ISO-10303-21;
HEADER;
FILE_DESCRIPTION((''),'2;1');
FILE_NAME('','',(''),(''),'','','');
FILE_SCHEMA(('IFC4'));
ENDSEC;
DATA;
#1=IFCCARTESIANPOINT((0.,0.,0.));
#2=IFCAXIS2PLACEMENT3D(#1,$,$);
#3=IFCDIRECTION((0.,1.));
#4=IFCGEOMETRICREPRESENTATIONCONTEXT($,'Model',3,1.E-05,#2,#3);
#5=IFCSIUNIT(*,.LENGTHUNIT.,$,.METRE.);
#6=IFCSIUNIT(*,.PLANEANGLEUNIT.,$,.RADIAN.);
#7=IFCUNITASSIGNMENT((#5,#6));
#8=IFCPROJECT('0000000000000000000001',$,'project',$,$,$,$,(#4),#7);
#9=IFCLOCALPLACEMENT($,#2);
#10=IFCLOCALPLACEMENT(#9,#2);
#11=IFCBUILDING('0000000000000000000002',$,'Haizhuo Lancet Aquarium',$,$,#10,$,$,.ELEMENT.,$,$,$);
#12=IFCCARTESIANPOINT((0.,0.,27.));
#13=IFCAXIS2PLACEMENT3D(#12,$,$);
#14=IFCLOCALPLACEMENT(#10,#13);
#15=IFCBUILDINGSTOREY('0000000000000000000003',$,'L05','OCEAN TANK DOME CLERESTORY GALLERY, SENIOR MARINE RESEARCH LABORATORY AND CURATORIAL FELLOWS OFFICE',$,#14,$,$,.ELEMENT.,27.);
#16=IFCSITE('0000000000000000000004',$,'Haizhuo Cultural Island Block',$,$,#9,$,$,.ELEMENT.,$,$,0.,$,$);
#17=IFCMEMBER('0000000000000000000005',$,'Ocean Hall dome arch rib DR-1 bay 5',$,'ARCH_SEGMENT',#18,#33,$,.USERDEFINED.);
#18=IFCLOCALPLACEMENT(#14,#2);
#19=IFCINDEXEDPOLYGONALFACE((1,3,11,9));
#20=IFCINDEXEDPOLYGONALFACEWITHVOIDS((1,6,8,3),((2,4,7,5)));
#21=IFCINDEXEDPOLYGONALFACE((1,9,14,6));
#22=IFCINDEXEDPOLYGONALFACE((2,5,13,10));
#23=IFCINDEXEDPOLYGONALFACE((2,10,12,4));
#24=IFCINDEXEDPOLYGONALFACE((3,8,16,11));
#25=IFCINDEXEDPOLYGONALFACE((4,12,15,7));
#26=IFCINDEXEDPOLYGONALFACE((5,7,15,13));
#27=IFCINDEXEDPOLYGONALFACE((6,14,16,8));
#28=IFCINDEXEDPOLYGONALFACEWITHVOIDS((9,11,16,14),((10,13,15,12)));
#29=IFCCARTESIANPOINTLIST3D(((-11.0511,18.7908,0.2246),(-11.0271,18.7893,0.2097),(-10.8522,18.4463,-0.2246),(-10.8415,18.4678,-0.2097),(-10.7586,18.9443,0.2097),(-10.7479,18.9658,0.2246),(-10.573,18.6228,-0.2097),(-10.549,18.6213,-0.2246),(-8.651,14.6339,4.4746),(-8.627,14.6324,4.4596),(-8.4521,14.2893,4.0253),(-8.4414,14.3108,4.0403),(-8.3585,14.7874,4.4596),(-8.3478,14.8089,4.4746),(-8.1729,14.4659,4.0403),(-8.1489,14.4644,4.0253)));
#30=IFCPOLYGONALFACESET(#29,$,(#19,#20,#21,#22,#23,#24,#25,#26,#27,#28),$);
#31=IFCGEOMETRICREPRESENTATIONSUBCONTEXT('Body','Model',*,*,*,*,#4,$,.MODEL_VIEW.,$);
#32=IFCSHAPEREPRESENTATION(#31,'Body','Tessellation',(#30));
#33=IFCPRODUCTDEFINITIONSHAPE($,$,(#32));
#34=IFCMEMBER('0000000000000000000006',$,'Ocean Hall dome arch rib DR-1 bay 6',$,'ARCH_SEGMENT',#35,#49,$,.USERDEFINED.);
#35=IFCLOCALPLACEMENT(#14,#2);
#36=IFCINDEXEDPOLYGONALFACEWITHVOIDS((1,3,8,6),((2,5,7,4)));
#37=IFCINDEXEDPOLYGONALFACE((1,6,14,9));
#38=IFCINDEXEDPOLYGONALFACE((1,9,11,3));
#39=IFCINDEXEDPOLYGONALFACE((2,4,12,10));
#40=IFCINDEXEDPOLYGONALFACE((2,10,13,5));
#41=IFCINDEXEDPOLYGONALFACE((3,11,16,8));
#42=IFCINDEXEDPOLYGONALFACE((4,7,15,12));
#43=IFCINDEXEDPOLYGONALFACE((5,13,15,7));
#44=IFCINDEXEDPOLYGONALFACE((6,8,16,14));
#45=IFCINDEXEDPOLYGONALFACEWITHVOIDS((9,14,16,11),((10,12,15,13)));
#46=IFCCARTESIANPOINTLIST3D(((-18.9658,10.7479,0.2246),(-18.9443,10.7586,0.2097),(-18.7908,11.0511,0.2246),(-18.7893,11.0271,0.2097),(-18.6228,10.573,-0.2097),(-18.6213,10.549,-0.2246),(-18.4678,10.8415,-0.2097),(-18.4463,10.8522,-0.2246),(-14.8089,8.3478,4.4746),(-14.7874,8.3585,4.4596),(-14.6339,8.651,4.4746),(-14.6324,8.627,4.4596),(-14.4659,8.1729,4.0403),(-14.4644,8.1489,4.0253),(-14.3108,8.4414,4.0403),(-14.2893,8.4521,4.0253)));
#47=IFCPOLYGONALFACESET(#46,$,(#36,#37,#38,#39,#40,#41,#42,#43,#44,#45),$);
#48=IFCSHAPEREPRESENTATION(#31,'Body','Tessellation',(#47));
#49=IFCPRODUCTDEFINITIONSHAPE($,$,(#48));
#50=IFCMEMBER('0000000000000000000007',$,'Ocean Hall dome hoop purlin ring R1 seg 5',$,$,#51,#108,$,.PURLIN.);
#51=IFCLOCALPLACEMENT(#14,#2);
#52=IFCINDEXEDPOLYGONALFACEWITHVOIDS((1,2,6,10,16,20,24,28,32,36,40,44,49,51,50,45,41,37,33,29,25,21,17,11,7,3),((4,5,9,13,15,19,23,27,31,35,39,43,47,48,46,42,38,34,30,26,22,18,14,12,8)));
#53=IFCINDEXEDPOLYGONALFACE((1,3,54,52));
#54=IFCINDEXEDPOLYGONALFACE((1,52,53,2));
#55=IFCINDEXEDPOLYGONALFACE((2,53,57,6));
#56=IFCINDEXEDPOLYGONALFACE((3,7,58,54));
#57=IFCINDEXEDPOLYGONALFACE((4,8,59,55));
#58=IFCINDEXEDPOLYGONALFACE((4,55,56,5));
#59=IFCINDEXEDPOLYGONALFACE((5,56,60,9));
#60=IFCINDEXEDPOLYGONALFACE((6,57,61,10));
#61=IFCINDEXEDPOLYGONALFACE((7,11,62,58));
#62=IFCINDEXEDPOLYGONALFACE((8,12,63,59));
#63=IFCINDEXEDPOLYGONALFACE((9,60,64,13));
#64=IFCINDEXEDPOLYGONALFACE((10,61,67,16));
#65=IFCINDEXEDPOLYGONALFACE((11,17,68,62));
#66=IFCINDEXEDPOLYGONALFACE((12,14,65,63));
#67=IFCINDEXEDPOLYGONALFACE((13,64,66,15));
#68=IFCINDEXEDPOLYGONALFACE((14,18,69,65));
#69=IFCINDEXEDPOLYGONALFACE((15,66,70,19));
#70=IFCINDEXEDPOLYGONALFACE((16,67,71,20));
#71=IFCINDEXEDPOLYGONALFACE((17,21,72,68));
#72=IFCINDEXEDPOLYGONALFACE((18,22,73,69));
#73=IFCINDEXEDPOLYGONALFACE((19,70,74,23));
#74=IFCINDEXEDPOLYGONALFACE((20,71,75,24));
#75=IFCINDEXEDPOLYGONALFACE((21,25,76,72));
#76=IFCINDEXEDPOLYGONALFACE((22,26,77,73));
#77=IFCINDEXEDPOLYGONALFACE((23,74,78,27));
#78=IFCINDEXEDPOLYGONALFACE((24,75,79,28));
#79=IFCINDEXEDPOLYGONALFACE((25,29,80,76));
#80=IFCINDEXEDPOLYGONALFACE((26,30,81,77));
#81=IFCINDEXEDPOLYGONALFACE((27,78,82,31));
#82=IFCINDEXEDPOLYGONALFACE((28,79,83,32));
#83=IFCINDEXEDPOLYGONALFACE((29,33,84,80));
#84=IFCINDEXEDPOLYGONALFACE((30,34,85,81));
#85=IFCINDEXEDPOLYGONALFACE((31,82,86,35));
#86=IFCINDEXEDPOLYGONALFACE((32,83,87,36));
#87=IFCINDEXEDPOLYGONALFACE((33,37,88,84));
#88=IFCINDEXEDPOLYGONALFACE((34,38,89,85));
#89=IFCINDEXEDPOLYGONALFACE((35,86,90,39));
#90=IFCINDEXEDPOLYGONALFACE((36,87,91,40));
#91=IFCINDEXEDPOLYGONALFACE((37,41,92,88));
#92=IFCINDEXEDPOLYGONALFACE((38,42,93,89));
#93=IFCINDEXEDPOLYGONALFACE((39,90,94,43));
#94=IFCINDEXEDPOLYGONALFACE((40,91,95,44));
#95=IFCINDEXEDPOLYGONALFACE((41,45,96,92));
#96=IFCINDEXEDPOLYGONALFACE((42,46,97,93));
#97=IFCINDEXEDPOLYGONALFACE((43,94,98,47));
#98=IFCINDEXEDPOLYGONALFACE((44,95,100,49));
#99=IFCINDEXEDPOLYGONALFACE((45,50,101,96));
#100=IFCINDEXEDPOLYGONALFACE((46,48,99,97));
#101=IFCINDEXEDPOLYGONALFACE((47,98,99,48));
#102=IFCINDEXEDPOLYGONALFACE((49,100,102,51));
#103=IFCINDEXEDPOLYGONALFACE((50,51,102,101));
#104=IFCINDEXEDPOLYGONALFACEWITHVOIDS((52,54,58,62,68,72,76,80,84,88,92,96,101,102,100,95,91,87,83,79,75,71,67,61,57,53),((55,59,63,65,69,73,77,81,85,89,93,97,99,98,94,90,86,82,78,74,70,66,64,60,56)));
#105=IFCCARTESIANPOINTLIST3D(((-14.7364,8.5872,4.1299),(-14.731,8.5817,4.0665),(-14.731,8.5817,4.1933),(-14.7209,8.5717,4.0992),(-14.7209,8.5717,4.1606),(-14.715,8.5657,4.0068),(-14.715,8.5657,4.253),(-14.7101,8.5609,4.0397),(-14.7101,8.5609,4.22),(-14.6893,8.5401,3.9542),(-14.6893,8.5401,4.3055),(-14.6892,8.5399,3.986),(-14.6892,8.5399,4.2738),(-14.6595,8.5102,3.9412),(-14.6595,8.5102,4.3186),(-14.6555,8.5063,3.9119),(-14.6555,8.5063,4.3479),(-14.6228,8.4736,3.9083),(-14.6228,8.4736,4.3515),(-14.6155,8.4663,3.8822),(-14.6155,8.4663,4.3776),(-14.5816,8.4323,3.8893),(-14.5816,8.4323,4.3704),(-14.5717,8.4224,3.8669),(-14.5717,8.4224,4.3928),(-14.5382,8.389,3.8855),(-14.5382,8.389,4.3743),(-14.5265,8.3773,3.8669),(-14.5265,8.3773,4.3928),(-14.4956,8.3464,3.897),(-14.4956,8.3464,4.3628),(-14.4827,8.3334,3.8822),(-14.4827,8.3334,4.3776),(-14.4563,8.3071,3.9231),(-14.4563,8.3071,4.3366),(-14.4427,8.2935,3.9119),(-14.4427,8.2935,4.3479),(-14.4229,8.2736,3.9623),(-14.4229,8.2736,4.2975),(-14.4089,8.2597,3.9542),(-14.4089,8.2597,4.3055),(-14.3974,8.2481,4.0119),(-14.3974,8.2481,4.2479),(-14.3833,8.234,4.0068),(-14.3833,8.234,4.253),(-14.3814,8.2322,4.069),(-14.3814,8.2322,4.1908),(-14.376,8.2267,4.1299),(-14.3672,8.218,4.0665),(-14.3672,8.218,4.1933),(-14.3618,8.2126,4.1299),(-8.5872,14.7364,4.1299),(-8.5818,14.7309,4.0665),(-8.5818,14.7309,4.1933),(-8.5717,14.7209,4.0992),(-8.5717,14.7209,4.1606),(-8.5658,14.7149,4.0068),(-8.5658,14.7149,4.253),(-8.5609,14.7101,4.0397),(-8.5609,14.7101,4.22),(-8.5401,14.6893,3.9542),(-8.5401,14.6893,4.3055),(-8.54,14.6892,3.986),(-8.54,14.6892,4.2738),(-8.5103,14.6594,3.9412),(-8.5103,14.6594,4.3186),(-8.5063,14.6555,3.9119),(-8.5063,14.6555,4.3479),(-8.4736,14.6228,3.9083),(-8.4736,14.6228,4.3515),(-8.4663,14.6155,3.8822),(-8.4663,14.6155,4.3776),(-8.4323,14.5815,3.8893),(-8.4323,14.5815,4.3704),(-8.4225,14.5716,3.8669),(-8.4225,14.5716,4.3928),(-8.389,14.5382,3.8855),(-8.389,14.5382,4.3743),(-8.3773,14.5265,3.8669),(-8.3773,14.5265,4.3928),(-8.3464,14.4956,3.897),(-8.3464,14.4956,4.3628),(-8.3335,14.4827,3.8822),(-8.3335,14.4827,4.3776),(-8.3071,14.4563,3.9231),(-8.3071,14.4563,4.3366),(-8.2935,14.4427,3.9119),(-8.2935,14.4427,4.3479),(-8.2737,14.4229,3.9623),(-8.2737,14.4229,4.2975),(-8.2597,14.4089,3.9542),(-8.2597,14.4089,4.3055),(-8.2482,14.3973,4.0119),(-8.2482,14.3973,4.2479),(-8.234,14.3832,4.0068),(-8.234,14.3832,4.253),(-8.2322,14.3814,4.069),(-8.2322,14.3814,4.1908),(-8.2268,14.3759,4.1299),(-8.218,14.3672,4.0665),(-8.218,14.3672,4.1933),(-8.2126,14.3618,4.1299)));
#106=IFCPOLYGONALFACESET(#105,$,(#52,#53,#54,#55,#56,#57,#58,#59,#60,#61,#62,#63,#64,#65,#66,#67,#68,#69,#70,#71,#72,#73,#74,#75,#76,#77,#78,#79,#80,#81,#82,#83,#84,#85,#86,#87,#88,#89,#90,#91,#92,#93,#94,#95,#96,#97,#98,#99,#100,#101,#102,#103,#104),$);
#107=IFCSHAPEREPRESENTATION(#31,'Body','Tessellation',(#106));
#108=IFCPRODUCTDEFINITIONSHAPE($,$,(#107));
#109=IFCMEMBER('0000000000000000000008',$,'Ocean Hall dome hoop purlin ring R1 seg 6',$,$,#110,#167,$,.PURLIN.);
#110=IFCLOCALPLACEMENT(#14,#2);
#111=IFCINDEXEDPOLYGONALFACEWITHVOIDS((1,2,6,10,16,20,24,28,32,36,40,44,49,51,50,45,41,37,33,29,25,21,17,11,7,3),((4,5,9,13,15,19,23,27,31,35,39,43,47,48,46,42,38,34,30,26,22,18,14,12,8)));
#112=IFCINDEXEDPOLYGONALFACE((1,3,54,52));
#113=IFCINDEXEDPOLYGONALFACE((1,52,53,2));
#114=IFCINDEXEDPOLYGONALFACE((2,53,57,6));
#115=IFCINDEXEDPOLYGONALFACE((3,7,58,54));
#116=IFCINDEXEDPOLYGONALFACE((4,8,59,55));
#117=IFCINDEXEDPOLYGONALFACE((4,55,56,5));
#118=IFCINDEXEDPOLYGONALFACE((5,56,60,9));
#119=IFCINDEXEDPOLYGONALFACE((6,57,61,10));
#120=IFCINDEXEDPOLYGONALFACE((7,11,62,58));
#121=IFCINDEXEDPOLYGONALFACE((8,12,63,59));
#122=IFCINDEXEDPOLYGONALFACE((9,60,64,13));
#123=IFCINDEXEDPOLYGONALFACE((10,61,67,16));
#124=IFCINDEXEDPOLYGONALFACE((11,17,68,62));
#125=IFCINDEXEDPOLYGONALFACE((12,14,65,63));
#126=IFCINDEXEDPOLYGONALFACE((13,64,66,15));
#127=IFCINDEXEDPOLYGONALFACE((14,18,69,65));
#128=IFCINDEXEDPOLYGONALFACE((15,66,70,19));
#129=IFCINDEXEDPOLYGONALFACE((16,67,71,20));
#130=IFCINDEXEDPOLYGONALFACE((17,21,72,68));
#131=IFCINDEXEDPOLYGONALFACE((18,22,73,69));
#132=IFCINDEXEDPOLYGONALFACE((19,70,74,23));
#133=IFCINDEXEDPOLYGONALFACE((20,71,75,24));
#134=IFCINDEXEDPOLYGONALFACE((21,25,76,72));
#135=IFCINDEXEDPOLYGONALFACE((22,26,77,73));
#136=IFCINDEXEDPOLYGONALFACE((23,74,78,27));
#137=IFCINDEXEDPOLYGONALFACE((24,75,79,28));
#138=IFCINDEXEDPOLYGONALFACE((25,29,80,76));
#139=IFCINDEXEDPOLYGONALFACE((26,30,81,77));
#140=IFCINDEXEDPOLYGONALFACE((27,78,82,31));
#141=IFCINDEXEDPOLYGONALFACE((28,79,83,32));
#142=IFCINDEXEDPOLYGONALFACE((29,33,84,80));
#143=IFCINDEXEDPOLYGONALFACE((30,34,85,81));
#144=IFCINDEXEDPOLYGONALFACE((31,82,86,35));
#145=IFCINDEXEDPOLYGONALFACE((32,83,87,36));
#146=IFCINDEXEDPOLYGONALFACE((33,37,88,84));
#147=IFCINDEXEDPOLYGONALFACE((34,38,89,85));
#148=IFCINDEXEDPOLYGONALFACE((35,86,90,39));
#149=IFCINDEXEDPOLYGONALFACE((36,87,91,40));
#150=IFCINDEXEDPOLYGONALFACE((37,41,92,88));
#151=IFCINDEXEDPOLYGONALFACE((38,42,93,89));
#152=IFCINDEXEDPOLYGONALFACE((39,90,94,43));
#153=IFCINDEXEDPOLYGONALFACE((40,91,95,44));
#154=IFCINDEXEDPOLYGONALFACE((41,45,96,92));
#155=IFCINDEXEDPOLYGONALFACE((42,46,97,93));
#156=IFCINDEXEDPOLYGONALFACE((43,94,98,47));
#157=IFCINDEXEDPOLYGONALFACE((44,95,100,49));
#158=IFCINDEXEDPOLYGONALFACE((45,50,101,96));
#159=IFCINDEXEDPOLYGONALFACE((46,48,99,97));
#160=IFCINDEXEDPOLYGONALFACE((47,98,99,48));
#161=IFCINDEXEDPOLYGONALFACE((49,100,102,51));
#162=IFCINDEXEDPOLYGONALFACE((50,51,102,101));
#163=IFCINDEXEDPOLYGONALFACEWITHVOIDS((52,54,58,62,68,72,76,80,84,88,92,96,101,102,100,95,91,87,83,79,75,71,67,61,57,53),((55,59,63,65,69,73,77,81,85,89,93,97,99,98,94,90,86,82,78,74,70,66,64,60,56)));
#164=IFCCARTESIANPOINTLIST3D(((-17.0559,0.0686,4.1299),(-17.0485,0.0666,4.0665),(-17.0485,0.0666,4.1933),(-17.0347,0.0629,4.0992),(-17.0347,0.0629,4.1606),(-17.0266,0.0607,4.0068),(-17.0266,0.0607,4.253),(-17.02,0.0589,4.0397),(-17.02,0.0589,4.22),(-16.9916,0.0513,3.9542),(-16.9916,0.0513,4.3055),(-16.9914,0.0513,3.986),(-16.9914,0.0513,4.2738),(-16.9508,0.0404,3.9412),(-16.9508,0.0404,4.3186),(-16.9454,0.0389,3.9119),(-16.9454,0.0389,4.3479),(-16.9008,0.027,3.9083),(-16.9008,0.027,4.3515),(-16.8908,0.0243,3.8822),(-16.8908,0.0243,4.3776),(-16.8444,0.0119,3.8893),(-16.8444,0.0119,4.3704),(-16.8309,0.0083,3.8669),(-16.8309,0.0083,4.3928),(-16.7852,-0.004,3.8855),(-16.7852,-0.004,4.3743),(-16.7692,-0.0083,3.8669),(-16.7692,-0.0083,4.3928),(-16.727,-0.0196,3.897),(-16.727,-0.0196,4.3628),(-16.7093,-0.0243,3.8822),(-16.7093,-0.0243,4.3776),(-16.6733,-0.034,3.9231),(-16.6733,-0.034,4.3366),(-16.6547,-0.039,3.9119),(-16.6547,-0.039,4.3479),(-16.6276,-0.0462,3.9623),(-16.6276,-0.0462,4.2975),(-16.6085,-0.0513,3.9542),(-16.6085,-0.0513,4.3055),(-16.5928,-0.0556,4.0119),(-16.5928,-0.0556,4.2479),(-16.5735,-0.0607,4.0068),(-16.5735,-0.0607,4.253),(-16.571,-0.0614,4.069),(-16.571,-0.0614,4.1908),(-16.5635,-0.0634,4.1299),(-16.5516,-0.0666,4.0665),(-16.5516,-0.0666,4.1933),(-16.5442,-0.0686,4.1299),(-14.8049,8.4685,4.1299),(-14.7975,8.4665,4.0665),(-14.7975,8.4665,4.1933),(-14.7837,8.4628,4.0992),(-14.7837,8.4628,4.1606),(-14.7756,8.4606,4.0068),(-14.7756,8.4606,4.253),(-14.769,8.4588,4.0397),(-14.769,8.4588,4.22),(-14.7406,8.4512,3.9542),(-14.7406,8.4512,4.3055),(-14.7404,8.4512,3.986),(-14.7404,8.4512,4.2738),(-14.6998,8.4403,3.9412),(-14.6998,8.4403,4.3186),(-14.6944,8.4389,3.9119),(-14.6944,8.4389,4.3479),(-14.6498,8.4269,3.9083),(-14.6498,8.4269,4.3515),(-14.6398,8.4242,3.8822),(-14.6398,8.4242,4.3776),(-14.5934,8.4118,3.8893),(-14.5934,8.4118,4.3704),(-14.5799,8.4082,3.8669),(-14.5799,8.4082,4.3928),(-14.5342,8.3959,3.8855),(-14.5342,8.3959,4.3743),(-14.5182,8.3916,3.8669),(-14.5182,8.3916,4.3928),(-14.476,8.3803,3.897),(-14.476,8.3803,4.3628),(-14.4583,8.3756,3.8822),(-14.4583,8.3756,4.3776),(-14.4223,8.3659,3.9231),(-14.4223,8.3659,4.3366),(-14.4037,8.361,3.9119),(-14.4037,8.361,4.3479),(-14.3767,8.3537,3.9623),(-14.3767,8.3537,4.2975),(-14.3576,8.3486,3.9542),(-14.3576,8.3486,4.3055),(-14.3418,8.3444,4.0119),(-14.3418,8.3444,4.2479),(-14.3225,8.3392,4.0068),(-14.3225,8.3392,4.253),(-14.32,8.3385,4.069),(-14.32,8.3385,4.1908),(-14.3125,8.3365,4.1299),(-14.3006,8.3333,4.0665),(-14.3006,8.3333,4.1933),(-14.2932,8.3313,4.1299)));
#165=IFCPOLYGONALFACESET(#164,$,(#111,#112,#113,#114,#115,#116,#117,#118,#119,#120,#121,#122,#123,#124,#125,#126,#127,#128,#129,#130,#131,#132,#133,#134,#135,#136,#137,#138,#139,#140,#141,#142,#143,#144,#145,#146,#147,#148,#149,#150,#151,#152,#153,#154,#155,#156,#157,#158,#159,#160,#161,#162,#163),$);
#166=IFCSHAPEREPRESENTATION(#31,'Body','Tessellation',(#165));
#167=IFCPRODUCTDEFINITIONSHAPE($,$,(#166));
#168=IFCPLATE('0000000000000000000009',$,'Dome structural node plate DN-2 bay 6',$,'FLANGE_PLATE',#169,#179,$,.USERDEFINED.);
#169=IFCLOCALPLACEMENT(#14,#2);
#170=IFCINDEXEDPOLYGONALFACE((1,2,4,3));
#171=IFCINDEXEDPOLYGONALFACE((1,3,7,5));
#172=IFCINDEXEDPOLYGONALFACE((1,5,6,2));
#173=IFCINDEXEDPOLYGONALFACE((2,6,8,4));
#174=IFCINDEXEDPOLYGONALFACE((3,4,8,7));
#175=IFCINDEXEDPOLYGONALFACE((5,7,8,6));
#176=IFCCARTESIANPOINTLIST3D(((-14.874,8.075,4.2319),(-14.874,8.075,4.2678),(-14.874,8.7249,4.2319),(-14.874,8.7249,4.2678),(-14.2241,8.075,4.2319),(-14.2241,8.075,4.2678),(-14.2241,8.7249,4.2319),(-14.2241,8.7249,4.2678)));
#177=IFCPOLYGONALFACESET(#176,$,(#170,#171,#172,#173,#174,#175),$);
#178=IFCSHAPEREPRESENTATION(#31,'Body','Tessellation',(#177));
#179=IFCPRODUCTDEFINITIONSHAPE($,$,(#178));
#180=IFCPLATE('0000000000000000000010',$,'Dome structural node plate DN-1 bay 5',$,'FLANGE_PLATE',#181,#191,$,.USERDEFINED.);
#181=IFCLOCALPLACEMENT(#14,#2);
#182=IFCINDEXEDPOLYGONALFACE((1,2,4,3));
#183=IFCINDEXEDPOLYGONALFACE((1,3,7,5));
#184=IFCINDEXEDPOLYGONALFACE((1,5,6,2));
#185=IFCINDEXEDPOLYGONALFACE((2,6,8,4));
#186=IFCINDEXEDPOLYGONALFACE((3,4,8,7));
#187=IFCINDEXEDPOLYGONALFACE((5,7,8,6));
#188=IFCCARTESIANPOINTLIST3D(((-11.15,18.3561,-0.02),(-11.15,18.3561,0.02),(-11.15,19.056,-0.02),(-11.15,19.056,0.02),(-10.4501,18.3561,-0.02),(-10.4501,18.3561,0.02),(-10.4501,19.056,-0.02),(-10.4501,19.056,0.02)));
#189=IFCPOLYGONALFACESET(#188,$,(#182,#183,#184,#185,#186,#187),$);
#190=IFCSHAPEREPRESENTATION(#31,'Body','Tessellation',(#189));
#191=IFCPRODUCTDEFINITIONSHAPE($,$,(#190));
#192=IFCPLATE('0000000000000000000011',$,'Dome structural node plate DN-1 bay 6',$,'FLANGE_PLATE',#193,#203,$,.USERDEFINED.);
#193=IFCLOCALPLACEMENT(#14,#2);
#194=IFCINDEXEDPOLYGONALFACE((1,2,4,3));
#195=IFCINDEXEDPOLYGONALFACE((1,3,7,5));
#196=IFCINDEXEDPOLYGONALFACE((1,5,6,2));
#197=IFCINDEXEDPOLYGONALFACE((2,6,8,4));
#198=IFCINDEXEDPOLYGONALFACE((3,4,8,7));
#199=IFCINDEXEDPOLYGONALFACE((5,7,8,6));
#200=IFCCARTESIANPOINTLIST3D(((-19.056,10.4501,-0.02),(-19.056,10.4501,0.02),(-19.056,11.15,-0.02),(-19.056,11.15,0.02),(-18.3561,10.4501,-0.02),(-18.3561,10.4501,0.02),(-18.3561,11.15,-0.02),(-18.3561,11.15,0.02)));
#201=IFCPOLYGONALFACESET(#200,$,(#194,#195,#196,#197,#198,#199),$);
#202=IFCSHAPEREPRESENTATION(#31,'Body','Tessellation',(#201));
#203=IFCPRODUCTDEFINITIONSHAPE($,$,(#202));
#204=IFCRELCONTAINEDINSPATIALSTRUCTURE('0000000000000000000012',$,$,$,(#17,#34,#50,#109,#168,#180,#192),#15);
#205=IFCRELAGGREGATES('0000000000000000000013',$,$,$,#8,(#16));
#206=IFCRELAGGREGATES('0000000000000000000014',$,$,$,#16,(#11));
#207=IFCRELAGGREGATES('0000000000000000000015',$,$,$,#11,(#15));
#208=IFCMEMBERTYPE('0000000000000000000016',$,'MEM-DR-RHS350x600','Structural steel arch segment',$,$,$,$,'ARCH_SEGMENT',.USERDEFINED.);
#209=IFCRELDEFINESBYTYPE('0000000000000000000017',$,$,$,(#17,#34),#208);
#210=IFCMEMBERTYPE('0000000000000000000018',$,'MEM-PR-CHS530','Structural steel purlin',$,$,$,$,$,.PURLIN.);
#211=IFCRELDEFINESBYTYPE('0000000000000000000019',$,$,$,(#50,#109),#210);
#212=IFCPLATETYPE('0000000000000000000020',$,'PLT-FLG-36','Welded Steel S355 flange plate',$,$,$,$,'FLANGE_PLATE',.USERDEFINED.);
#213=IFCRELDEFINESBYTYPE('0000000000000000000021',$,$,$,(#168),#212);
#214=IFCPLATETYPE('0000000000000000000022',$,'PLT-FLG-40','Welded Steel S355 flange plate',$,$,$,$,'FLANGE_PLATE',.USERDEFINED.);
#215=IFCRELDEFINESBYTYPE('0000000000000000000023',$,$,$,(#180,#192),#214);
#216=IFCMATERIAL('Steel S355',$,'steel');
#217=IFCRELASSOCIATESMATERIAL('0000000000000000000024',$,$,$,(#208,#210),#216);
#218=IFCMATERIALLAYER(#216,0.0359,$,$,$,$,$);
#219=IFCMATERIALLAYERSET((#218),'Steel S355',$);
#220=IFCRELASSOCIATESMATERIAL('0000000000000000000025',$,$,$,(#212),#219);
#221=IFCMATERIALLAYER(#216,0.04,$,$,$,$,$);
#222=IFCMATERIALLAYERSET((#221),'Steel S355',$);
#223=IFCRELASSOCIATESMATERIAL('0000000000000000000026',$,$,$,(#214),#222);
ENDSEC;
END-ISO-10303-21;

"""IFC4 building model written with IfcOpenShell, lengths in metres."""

from ifc_helpers import new_model, si_unit, direction, frame, origin, origin_2d, place, context, subcontext, project, spatial, rectangle, hollow_rectangle, hollow_circle, extrude, material, layer, layer_set, material_profile, profile_set, type_object, element, save


model = new_model("IFC4")

# Units and contexts
model_context = context("Model", 3, precision=1e-05, world=origin(), true_north=direction((0.0, 1.0)))
body_context = subcontext(model_context, "Body", "Model", "MODEL_VIEW")
ifc_project = project(units=[si_unit("LENGTHUNIT", "METRE"), si_unit("PLANEANGLEUNIT", "RADIAN")], contexts=[model_context])

# Site, building, storey
site_placement = place(None, origin())
site = spatial("IfcSite", under=ifc_project, at=site_placement, Name="Haizhuo Cultural Island Block", CompositionType="ELEMENT", RefElevation=0.0)
building_placement = place(site_placement, origin())
building = spatial("IfcBuilding", under=site, at=building_placement, Name="Haizhuo Lancet Aquarium", CompositionType="ELEMENT")
storey_placement = place(building_placement, frame((0.0, 0.0, 27.0)))
storey = spatial("IfcBuildingStorey", under=building, at=storey_placement, Name="L05", Description="OCEAN TANK DOME CLERESTORY GALLERY, SENIOR MARINE RESEARCH LABORATORY AND CURATORIAL FELLOWS OFFICE", CompositionType="ELEMENT", Elevation=27.0)

# Members
ifc_material_1 = material(Name="Steel S355", Category="steel")
ifc_material_profile_1 = material_profile(ifc_material_1, hollow_rectangle(XDim=0.3501, YDim=0.6001, WallThickness=0.02, at=origin_2d()), Name="RHS 350x600x20")
ifc_profile_set_1 = profile_set([ifc_material_profile_1], Name="Steel S355")
member_type_1 = type_object("IfcMemberType", Name="MEM-DR-RHS350x600", Description="Structural steel arch segment", ElementType="ARCH_SEGMENT", PredefinedType="USERDEFINED", material=ifc_profile_set_1)
for number, where, z_axis, x_axis, name in (
    (1, (-10.8, 18.7061, 0.0), (0.374367, -0.648392, 0.662901), (0.866015, 0.500017, 0.0), "Ocean Hall dome arch rib DR-1 bay 5"),
    (2, (-18.7061, 10.8, 0.0), (0.648392, -0.374367, 0.662901), (0.500017, 0.866015, 0.0), "Ocean Hall dome arch rib DR-1 bay 6"),
):
    element("IfcMember", number, at=place(storey_placement, frame(where, z_axis=z_axis, x_axis=x_axis)), inside=storey, type_object=member_type_1, Name=name, ObjectType="ARCH_SEGMENT", PredefinedType="USERDEFINED", context=body_context, shape_type="SweptSolid", body=[
        extrude(hollow_rectangle(XDim=0.3501, YDim=0.6001, WallThickness=0.02, at=origin_2d()), origin(), (0.0, 0.0, 1.0), 6.4111),
    ])
ifc_material_profile_2 = material_profile(ifc_material_1, hollow_circle(Radius=0.2649, WallThickness=0.02, at=origin_2d()), Name="CHS 530x20")
ifc_profile_set_2 = profile_set([ifc_material_profile_2], Name="Steel S355")
member_type_2 = type_object("IfcMemberType", Name="MEM-PR-CHS530", Description="Structural steel purlin", PredefinedType="PURLIN", material=ifc_profile_set_2)
for number, where, z_axis, x_axis, name in (
    (3, (-8.3999, 14.5491, 4.1299), (-0.707107, -0.707107, 0.0), (0.707107, -0.707107, 0.0), "Ocean Hall dome hoop purlin ring R1 seg 5"),
    (4, (-14.5491, 8.3999, 4.1299), (-0.258844, -0.965919, 0.0), (0.965919, -0.258844, 0.0), "Ocean Hall dome hoop purlin ring R1 seg 6"),
):
    element("IfcMember", number, at=place(storey_placement, frame(where, z_axis=z_axis, x_axis=x_axis)), inside=storey, type_object=member_type_2, Name=name, PredefinedType="PURLIN", context=body_context, shape_type="SweptSolid", body=[
        extrude(hollow_circle(Radius=0.2649, WallThickness=0.02, at=origin_2d()), origin(), (0.0, 0.0, 1.0), 8.6963),
    ])

# Plates
ifc_layer_1 = layer(ifc_material_1, 0.0359)
ifc_layer_set_1 = layer_set([ifc_layer_1], Name="Steel S355")
plate_type_1 = type_object("IfcPlateType", Name="PLT-FLG-36", Description="Welded Steel S355 flange plate", ElementType="FLANGE_PLATE", PredefinedType="USERDEFINED", material=ifc_layer_set_1)
plate_placement = place(storey_placement, frame((-14.5491, 8.3999, 4.2319), z_axis=(0.0, 0.0, 1.0), x_axis=(1.0, 0.0, 0.0)))
element("IfcPlate", 5, at=plate_placement, inside=storey, type_object=plate_type_1, Name="Dome structural node plate DN-2 bay 6", ObjectType="FLANGE_PLATE", PredefinedType="USERDEFINED", context=body_context, shape_type="SweptSolid", body=[
    extrude(rectangle(XDim=0.6499, YDim=0.6499, at=origin_2d()), origin(), (0.0, 0.0, 1.0), 0.0359),
])
ifc_layer_2 = layer(ifc_material_1, 0.04)
ifc_layer_set_2 = layer_set([ifc_layer_2], Name="Steel S355")
plate_type_2 = type_object("IfcPlateType", Name="PLT-FLG-40", Description="Welded Steel S355 flange plate", ElementType="FLANGE_PLATE", PredefinedType="USERDEFINED", material=ifc_layer_set_2)
for number, where, z_axis, x_axis, name in (
    (6, (-10.8, 18.7061, -0.02), (0.0, 0.0, 1.0), (1.0, 0.0, 0.0), "Dome structural node plate DN-1 bay 5"),
    (7, (-18.7061, 10.8, -0.02), (0.0, 0.0, 1.0), (1.0, 0.0, 0.0), "Dome structural node plate DN-1 bay 6"),
):
    element("IfcPlate", number, at=place(storey_placement, frame(where, z_axis=z_axis, x_axis=x_axis)), inside=storey, type_object=plate_type_2, Name=name, ObjectType="FLANGE_PLATE", PredefinedType="USERDEFINED", context=body_context, shape_type="SweptSolid", body=[
        extrude(rectangle(XDim=0.7, YDim=0.7, at=origin_2d()), origin(), (0.0, 0.0, 1.0), 0.04),
    ])

save(model, "model.ifc")
